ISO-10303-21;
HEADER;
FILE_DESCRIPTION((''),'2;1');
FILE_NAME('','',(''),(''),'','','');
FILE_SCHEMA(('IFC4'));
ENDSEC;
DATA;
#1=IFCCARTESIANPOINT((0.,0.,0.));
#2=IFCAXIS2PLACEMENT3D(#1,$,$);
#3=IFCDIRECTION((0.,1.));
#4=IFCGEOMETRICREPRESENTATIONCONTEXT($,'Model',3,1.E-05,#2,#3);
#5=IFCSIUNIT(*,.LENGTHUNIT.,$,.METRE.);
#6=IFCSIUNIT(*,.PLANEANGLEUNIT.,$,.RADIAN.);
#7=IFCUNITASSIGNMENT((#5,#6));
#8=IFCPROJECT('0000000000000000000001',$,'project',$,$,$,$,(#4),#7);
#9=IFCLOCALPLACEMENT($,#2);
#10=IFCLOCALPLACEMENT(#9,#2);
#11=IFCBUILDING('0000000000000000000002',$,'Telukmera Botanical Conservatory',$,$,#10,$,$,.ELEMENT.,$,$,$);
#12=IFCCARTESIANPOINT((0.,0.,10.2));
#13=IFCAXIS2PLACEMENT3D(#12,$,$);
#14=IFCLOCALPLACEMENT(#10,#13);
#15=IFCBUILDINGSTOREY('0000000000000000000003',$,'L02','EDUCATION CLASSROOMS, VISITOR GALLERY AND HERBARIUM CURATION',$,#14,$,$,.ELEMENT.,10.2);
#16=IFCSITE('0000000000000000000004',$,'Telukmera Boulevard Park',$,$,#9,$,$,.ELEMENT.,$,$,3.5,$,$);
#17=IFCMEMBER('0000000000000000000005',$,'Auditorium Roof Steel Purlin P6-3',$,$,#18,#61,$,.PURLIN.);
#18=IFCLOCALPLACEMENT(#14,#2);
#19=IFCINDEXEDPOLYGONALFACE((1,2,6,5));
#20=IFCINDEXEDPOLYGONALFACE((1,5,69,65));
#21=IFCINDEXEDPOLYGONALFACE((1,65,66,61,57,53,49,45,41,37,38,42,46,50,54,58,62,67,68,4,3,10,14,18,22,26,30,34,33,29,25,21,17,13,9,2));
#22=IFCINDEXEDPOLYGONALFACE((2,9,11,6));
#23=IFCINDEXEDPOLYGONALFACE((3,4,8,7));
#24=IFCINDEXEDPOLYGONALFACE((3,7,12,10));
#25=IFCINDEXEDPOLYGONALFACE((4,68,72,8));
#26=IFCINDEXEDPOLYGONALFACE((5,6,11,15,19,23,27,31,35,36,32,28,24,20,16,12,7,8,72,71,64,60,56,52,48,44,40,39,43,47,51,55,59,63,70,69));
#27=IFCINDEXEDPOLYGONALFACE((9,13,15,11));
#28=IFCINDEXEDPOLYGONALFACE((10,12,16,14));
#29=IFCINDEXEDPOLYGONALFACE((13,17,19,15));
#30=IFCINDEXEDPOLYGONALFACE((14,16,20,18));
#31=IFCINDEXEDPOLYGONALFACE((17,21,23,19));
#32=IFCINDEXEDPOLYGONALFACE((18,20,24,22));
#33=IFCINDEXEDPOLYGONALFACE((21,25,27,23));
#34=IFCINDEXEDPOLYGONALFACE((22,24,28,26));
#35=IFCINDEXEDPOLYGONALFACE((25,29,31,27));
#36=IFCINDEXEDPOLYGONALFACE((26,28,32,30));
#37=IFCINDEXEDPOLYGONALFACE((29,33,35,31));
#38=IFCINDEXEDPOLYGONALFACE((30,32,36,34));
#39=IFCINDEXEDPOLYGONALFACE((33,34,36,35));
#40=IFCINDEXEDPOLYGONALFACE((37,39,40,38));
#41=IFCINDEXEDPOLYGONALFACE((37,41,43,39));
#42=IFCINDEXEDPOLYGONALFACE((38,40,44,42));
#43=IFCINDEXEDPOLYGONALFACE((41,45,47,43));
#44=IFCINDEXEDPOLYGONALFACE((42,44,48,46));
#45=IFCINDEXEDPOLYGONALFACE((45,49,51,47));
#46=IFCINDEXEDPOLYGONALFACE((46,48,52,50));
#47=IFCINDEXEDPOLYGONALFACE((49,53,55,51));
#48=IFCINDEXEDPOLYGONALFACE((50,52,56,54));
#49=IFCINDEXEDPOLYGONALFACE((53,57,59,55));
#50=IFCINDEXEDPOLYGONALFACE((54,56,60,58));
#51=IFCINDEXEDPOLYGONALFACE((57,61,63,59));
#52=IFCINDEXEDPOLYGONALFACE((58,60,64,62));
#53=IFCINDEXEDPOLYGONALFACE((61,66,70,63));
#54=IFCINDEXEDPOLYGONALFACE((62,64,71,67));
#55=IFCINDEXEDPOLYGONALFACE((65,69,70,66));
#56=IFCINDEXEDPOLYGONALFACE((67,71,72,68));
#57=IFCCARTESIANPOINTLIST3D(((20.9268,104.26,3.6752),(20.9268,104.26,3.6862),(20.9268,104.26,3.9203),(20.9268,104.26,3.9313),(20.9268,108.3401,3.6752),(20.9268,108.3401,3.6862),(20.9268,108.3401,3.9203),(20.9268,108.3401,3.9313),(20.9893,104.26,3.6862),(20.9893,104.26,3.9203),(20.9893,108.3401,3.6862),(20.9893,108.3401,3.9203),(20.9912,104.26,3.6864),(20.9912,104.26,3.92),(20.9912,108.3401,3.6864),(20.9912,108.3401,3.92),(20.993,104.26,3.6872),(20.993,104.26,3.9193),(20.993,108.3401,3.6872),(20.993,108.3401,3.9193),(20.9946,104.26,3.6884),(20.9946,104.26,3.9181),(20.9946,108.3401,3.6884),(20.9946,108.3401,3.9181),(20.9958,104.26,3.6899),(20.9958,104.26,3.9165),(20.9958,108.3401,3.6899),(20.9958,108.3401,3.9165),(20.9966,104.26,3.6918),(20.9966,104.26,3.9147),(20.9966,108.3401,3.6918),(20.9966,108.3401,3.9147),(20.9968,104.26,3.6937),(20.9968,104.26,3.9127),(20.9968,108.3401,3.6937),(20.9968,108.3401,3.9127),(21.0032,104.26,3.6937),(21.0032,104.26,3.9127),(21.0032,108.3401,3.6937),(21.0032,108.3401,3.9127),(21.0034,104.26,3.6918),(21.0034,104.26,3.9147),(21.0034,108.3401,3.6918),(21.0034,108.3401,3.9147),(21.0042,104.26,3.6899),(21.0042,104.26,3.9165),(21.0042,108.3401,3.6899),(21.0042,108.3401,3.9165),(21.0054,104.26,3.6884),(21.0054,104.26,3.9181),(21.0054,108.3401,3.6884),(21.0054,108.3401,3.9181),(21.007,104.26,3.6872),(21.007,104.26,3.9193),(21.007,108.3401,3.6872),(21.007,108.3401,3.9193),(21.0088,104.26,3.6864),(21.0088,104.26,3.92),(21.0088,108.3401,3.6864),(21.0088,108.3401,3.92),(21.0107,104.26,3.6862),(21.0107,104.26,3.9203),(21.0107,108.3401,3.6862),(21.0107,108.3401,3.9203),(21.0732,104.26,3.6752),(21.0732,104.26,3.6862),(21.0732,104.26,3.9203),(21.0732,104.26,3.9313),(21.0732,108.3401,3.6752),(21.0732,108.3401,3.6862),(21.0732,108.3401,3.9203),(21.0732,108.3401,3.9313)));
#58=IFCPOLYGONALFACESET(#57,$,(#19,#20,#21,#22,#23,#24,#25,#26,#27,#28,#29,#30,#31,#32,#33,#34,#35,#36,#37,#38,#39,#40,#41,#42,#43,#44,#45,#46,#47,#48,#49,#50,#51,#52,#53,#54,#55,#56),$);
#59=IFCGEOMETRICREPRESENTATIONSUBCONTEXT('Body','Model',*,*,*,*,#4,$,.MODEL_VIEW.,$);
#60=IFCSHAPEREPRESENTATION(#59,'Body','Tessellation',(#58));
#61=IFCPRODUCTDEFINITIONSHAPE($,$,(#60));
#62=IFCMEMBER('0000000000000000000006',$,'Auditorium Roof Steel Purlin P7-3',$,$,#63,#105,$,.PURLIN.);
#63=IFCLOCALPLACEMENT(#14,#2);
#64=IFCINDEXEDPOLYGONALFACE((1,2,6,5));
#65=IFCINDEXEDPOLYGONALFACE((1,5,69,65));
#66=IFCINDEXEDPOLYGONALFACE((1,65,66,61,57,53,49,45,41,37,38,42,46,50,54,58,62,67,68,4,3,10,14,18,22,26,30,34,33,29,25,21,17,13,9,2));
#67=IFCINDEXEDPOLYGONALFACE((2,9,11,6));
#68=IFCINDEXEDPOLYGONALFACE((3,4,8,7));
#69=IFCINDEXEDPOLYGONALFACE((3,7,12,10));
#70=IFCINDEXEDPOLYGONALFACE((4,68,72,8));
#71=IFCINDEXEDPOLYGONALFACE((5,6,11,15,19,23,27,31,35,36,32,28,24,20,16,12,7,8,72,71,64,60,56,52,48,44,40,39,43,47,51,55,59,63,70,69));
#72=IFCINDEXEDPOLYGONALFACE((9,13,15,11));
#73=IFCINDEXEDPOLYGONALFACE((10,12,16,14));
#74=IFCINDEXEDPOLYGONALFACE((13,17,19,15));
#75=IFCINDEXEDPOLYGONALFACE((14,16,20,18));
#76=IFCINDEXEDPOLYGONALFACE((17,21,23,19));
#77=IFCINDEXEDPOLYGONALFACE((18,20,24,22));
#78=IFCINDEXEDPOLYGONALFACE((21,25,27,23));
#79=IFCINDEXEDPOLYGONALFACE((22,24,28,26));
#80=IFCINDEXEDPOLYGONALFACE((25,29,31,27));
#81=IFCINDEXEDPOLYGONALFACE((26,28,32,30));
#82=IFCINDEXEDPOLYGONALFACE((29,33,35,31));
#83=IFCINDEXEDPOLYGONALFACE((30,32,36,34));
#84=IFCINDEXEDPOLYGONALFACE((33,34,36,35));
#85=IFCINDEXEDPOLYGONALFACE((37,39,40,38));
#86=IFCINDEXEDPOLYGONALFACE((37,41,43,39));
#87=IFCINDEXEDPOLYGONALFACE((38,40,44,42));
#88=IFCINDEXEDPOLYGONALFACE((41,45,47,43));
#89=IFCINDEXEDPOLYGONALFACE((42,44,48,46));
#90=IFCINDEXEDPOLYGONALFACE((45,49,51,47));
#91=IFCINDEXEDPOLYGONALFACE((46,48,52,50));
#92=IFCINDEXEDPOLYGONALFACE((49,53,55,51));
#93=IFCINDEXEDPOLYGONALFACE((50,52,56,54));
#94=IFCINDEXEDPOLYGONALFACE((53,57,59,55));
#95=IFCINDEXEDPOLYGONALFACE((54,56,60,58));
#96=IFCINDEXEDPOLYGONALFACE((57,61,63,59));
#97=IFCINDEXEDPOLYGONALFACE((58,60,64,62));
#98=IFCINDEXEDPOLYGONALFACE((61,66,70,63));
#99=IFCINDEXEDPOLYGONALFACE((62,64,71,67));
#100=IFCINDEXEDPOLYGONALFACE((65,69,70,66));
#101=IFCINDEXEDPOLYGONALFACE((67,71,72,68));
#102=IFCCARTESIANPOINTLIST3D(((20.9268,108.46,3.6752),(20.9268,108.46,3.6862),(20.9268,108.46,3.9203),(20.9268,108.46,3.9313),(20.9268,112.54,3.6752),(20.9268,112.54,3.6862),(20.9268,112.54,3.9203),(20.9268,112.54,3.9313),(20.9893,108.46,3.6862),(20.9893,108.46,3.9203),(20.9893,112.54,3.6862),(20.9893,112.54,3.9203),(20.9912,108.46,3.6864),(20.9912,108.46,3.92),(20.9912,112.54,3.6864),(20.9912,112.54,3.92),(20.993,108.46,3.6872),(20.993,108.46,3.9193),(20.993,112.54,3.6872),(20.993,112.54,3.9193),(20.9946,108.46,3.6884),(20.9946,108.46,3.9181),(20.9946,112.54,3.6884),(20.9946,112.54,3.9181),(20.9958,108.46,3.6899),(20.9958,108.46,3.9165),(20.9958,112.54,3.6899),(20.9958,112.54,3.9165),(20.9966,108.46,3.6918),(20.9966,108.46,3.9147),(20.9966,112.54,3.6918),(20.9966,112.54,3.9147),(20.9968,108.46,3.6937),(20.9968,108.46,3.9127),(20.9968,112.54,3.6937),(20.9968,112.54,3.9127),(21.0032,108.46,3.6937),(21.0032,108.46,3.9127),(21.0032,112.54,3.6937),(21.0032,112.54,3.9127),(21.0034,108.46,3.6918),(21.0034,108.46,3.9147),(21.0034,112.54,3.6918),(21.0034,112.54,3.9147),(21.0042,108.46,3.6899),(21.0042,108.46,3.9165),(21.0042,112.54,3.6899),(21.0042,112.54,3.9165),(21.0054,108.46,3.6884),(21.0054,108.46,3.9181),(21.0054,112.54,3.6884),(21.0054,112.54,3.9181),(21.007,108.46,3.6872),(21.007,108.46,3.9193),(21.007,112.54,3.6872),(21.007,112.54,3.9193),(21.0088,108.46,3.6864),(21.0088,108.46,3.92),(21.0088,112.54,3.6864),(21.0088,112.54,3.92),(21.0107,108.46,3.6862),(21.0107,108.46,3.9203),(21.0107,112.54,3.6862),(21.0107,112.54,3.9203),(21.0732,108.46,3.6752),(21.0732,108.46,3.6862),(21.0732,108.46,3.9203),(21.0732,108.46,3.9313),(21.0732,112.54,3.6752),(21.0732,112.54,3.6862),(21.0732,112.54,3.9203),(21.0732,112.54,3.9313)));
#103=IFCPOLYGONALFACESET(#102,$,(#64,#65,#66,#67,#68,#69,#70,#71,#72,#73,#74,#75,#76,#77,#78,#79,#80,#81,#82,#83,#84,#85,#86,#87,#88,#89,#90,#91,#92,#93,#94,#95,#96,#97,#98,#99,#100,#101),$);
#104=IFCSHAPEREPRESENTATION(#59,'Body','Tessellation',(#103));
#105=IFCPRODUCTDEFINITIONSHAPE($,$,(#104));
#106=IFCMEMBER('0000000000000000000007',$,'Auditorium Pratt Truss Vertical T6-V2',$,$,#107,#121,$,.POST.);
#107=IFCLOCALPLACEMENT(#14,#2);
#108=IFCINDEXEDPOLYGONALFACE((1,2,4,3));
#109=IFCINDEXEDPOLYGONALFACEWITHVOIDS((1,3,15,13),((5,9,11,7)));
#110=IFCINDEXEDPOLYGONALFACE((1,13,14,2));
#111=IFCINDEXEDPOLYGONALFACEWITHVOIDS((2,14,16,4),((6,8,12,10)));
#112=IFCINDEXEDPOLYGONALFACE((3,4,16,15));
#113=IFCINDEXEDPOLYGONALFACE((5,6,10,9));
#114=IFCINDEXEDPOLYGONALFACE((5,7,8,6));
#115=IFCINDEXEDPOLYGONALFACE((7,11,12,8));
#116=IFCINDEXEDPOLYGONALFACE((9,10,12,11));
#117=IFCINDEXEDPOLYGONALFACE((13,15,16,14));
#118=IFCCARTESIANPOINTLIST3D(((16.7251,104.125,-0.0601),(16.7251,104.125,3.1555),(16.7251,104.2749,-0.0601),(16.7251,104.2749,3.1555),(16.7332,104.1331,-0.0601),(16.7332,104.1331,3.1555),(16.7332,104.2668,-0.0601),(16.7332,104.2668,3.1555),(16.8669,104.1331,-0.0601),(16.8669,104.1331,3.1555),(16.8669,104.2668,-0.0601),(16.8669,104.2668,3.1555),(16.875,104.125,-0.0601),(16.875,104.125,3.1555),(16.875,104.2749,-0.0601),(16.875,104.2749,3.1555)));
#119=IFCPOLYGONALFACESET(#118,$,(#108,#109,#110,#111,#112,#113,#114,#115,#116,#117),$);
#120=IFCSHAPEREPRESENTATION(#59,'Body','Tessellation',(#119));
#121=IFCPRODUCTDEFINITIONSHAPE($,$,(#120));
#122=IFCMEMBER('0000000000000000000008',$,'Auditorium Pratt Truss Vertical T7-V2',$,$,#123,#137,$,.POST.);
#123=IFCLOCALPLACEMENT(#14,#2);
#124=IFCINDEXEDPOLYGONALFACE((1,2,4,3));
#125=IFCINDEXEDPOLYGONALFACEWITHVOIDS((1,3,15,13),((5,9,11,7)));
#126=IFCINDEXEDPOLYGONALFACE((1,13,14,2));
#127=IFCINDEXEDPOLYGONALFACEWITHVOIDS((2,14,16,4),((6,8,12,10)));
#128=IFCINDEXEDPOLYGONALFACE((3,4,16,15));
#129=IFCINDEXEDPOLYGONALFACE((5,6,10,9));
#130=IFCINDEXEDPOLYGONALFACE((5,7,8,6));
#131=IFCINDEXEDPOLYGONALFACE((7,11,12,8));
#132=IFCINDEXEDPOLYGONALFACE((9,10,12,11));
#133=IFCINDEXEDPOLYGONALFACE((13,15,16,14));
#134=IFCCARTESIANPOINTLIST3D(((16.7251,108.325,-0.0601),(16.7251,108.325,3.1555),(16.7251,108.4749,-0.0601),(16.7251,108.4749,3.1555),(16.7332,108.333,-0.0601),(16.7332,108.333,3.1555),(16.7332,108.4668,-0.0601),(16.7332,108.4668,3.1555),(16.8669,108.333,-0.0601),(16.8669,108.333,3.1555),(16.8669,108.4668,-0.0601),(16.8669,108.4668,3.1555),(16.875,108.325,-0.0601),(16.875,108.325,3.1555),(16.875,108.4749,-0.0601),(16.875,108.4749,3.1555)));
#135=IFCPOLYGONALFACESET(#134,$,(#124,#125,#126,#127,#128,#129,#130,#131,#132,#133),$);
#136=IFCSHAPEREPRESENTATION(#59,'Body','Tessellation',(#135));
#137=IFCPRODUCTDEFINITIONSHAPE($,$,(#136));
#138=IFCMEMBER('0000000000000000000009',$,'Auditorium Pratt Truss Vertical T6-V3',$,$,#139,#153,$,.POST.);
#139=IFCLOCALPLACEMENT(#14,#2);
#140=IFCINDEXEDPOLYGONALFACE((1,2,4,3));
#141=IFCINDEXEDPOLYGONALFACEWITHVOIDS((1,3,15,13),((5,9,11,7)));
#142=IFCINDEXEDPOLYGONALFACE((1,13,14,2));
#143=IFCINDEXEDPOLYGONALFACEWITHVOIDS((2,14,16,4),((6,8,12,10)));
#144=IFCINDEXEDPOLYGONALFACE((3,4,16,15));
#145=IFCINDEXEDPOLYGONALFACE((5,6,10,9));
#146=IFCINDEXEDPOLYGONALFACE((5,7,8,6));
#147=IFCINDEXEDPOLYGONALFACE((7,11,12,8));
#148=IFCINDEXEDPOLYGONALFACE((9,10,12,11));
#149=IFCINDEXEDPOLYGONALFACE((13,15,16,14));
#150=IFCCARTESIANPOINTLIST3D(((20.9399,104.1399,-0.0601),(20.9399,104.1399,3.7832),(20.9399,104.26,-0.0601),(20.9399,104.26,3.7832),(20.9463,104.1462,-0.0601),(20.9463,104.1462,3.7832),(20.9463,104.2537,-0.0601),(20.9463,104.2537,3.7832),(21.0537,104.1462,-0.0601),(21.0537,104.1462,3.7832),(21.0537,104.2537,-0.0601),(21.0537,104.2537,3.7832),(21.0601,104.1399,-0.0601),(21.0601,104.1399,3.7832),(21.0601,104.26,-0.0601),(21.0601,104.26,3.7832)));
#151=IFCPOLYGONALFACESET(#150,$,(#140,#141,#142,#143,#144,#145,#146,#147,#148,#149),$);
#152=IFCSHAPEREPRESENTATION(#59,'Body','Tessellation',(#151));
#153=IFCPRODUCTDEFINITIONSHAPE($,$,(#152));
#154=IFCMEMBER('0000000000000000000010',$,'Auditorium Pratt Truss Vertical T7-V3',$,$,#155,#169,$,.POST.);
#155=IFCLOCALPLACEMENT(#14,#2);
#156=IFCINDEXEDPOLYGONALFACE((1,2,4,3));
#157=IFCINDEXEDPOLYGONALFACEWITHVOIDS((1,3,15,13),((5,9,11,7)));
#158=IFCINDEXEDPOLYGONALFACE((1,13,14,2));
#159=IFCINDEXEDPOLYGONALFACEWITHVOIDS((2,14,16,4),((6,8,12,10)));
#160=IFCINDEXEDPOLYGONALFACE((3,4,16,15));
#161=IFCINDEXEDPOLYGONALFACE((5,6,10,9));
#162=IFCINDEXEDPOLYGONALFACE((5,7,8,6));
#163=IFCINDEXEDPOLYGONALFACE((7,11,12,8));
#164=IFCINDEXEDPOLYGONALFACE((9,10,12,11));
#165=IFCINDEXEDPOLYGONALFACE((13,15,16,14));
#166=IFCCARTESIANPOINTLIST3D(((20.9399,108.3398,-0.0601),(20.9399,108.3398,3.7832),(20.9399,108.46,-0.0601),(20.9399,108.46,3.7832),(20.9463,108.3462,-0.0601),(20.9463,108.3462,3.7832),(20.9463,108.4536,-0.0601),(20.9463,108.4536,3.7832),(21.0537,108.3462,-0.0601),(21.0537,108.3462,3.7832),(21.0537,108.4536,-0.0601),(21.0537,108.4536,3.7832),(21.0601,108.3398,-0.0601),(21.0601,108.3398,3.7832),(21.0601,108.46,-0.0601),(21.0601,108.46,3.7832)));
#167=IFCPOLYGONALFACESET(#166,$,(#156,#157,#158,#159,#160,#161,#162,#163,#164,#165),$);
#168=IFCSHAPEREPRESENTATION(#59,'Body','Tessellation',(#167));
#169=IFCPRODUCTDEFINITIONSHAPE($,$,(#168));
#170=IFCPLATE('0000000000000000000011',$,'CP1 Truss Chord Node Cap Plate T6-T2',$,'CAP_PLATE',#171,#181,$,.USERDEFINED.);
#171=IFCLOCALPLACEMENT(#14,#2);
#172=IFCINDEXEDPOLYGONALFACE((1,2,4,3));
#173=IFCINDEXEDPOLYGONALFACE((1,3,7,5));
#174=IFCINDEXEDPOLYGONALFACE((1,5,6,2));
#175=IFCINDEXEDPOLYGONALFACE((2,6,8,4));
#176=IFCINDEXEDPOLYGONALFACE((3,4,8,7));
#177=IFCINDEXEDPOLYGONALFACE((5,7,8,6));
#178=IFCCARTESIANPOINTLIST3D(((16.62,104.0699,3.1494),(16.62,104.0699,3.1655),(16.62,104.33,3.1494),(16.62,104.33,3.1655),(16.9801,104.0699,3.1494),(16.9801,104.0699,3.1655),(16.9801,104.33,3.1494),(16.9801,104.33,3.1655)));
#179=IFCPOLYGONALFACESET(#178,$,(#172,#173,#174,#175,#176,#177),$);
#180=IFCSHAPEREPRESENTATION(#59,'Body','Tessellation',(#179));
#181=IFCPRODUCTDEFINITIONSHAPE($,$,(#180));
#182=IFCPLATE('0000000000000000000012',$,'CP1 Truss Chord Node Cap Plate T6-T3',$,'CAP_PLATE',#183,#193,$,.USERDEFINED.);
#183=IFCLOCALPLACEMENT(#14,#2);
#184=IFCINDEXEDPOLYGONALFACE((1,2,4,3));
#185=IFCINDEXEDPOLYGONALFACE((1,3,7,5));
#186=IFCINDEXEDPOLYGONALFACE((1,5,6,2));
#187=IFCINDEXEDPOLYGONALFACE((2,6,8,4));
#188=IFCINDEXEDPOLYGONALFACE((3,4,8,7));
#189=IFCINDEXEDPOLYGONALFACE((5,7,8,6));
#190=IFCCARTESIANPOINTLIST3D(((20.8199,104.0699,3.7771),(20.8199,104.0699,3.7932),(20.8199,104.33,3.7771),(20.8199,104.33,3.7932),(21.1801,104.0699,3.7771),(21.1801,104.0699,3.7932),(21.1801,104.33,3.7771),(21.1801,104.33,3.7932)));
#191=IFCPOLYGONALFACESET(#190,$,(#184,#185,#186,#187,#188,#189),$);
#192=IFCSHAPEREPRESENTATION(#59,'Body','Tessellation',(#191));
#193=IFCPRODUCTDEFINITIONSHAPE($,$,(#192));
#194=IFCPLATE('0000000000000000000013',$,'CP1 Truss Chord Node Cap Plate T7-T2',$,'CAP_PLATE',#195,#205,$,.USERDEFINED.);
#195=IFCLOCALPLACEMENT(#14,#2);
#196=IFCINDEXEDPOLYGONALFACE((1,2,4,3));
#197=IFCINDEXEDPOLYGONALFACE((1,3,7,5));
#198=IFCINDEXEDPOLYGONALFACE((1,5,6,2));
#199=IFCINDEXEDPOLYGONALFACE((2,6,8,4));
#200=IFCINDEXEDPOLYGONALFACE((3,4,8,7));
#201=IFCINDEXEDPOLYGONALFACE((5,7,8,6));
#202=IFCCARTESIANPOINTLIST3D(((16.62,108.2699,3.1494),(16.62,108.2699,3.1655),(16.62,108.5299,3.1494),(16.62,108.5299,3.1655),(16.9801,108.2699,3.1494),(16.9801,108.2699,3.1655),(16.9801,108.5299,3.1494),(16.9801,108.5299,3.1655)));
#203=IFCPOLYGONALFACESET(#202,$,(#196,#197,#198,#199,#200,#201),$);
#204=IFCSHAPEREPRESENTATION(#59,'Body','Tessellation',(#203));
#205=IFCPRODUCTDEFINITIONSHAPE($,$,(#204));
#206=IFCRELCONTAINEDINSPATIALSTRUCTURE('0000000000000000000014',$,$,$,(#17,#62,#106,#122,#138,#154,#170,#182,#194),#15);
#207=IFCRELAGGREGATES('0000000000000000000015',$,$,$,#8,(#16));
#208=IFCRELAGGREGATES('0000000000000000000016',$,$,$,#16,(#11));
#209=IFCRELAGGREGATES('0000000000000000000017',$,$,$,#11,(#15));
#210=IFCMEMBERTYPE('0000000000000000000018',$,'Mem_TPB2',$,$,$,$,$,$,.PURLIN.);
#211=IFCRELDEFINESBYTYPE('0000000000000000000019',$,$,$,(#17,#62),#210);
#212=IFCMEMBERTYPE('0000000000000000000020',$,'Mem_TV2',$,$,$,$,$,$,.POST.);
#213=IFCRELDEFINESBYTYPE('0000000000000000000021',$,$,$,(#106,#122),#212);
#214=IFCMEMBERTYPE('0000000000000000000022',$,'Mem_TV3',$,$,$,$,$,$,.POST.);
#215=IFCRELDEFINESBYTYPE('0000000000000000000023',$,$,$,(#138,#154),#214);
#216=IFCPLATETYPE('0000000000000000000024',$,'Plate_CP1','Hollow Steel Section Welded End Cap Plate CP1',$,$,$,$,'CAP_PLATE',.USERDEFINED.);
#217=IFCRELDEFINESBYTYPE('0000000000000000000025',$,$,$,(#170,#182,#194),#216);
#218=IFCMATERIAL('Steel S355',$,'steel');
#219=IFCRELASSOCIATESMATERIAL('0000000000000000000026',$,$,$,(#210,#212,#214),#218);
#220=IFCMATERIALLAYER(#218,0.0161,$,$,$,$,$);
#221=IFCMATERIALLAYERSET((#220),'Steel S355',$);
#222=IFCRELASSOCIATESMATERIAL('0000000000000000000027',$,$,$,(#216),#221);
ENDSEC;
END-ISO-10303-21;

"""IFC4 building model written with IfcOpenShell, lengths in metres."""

from ifc_helpers import new_model, si_unit, direction, frame, origin, origin_2d, place, context, subcontext, project, spatial, rectangle, hollow_rectangle, i_section, extrude, material, layer, layer_set, material_profile, profile_set, type_object, element, save


model = new_model("IFC4")

# Units and contexts
model_context = context("Model", 3, precision=1e-05, world=origin(), true_north=direction((0.0, 1.0)))
body_context = subcontext(model_context, "Body", "Model", "MODEL_VIEW")
ifc_project = project(units=[si_unit("LENGTHUNIT", "METRE"), si_unit("PLANEANGLEUNIT", "RADIAN")], contexts=[model_context])

# Site, building, storey
site_placement = place(None, origin())
site = spatial("IfcSite", under=ifc_project, at=site_placement, Name="Telukmera Boulevard Park", CompositionType="ELEMENT", RefElevation=3.5)
building_placement = place(site_placement, origin())
building = spatial("IfcBuilding", under=site, at=building_placement, Name="Telukmera Botanical Conservatory", CompositionType="ELEMENT")
storey_placement = place(building_placement, frame((0.0, 0.0, 10.2)))
storey = spatial("IfcBuildingStorey", under=building, at=storey_placement, Name="L02", Description="EDUCATION CLASSROOMS, VISITOR GALLERY AND HERBARIUM CURATION", CompositionType="ELEMENT", Elevation=10.2)

# Members
ifc_material = material(Name="Steel S355", Category="steel")
ifc_material_profile_1 = material_profile(ifc_material, i_section(OverallWidth=0.1465, OverallDepth=0.2561, WebThickness=0.0063, FlangeThickness=0.011, FilletRadius=0.0076, at=origin_2d()), Name="UB 254x146x37")
ifc_profile_set_1 = profile_set([ifc_material_profile_1], Name="Steel S355")
member_type_1 = type_object("IfcMemberType", Name="Mem_TPB2", PredefinedType="PURLIN", material=ifc_profile_set_1)
for number, where, z_axis, x_axis, name in (
    (1, (21.0, 104.26, 3.8032), (0.0, 1.0, 0.0), (-1.0, 0.0, 0.0), "Auditorium Roof Steel Purlin P6-3"),
    (2, (21.0, 108.46, 3.8032), (0.0, 1.0, 0.0), (-1.0, 0.0, 0.0), "Auditorium Roof Steel Purlin P7-3"),
):
    element("IfcMember", number, at=place(storey_placement, frame(where, z_axis=z_axis, x_axis=x_axis)), inside=storey, type_object=member_type_1, Name=name, PredefinedType="PURLIN", context=body_context, shape_type="SweptSolid", body=[
        extrude(i_section(OverallWidth=0.1465, OverallDepth=0.2561, WebThickness=0.0063, FlangeThickness=0.011, FilletRadius=0.0076, at=origin_2d()), origin(), (0.0, 0.0, 1.0), 4.0801),
    ])
ifc_material_profile_2 = material_profile(ifc_material, hollow_rectangle(XDim=0.1499, YDim=0.1499, WallThickness=0.0081, at=origin_2d()), Name="SHS 150x150x8.0")
ifc_profile_set_2 = profile_set([ifc_material_profile_2], Name="Steel S355")
member_type_2 = type_object("IfcMemberType", Name="Mem_TV2", PredefinedType="POST", material=ifc_profile_set_2)
for number, where, z_axis, x_axis, name in (
    (3, (16.8, 104.2, -0.0601), (0.0, 0.0, 1.0), (1.0, 0.0, 0.0), "Auditorium Pratt Truss Vertical T6-V2"),
    (4, (16.8, 108.3999, -0.0601), (0.0, 0.0, 1.0), (1.0, 0.0, 0.0), "Auditorium Pratt Truss Vertical T7-V2"),
):
    element("IfcMember", number, at=place(storey_placement, frame(where, z_axis=z_axis, x_axis=x_axis)), inside=storey, type_object=member_type_2, Name=name, PredefinedType="POST", context=body_context, shape_type="SweptSolid", body=[
        extrude(hollow_rectangle(XDim=0.1499, YDim=0.1499, WallThickness=0.0081, at=origin_2d()), origin(), (0.0, 0.0, 1.0), 3.2156),
    ])
ifc_material_profile_3 = material_profile(ifc_material, hollow_rectangle(XDim=0.1201, YDim=0.1201, WallThickness=0.0063, at=origin_2d()), Name="SHS 120x120x6.3")
ifc_profile_set_3 = profile_set([ifc_material_profile_3], Name="Steel S355")
member_type_3 = type_object("IfcMemberType", Name="Mem_TV3", PredefinedType="POST", material=ifc_profile_set_3)
for number, where, z_axis, x_axis, name in (
    (5, (21.0, 104.2, -0.0601), (0.0, 0.0, 1.0), (1.0, 0.0, 0.0), "Auditorium Pratt Truss Vertical T6-V3"),
    (6, (21.0, 108.3999, -0.0601), (0.0, 0.0, 1.0), (1.0, 0.0, 0.0), "Auditorium Pratt Truss Vertical T7-V3"),
):
    element("IfcMember", number, at=place(storey_placement, frame(where, z_axis=z_axis, x_axis=x_axis)), inside=storey, type_object=member_type_3, Name=name, PredefinedType="POST", context=body_context, shape_type="SweptSolid", body=[
        extrude(hollow_rectangle(XDim=0.1201, YDim=0.1201, WallThickness=0.0063, at=origin_2d()), origin(), (0.0, 0.0, 1.0), 3.8433),
    ])

# Plates
ifc_layer_1 = layer(ifc_material, 0.0161)
ifc_layer_set_1 = layer_set([ifc_layer_1], Name="Steel S355")
plate_type_1 = type_object("IfcPlateType", Name="Plate_CP1", Description="Hollow Steel Section Welded End Cap Plate CP1", ElementType="CAP_PLATE", PredefinedType="USERDEFINED", material=ifc_layer_set_1)
for number, where, z_axis, x_axis, name in (
    (7, (16.8, 104.2, 3.1494), (0.0, 0.0, 1.0), (1.0, 0.0, 0.0), "CP1 Truss Chord Node Cap Plate T6-T2"),
    (8, (21.0, 104.2, 3.7771), (0.0, 0.0, 1.0), (1.0, 0.0, 0.0), "CP1 Truss Chord Node Cap Plate T6-T3"),
    (9, (16.8, 108.3999, 3.1494), (0.0, 0.0, 1.0), (1.0, 0.0, 0.0), "CP1 Truss Chord Node Cap Plate T7-T2"),
):
    element("IfcPlate", number, at=place(storey_placement, frame(where, z_axis=z_axis, x_axis=x_axis)), inside=storey, type_object=plate_type_1, Name=name, ObjectType="CAP_PLATE", PredefinedType="USERDEFINED", context=body_context, shape_type="SweptSolid", body=[
        extrude(rectangle(XDim=0.3601, YDim=0.26, at=origin_2d()), origin(), (0.0, 0.0, 1.0), 0.0161),
    ])

save(model, "model.ifc")
